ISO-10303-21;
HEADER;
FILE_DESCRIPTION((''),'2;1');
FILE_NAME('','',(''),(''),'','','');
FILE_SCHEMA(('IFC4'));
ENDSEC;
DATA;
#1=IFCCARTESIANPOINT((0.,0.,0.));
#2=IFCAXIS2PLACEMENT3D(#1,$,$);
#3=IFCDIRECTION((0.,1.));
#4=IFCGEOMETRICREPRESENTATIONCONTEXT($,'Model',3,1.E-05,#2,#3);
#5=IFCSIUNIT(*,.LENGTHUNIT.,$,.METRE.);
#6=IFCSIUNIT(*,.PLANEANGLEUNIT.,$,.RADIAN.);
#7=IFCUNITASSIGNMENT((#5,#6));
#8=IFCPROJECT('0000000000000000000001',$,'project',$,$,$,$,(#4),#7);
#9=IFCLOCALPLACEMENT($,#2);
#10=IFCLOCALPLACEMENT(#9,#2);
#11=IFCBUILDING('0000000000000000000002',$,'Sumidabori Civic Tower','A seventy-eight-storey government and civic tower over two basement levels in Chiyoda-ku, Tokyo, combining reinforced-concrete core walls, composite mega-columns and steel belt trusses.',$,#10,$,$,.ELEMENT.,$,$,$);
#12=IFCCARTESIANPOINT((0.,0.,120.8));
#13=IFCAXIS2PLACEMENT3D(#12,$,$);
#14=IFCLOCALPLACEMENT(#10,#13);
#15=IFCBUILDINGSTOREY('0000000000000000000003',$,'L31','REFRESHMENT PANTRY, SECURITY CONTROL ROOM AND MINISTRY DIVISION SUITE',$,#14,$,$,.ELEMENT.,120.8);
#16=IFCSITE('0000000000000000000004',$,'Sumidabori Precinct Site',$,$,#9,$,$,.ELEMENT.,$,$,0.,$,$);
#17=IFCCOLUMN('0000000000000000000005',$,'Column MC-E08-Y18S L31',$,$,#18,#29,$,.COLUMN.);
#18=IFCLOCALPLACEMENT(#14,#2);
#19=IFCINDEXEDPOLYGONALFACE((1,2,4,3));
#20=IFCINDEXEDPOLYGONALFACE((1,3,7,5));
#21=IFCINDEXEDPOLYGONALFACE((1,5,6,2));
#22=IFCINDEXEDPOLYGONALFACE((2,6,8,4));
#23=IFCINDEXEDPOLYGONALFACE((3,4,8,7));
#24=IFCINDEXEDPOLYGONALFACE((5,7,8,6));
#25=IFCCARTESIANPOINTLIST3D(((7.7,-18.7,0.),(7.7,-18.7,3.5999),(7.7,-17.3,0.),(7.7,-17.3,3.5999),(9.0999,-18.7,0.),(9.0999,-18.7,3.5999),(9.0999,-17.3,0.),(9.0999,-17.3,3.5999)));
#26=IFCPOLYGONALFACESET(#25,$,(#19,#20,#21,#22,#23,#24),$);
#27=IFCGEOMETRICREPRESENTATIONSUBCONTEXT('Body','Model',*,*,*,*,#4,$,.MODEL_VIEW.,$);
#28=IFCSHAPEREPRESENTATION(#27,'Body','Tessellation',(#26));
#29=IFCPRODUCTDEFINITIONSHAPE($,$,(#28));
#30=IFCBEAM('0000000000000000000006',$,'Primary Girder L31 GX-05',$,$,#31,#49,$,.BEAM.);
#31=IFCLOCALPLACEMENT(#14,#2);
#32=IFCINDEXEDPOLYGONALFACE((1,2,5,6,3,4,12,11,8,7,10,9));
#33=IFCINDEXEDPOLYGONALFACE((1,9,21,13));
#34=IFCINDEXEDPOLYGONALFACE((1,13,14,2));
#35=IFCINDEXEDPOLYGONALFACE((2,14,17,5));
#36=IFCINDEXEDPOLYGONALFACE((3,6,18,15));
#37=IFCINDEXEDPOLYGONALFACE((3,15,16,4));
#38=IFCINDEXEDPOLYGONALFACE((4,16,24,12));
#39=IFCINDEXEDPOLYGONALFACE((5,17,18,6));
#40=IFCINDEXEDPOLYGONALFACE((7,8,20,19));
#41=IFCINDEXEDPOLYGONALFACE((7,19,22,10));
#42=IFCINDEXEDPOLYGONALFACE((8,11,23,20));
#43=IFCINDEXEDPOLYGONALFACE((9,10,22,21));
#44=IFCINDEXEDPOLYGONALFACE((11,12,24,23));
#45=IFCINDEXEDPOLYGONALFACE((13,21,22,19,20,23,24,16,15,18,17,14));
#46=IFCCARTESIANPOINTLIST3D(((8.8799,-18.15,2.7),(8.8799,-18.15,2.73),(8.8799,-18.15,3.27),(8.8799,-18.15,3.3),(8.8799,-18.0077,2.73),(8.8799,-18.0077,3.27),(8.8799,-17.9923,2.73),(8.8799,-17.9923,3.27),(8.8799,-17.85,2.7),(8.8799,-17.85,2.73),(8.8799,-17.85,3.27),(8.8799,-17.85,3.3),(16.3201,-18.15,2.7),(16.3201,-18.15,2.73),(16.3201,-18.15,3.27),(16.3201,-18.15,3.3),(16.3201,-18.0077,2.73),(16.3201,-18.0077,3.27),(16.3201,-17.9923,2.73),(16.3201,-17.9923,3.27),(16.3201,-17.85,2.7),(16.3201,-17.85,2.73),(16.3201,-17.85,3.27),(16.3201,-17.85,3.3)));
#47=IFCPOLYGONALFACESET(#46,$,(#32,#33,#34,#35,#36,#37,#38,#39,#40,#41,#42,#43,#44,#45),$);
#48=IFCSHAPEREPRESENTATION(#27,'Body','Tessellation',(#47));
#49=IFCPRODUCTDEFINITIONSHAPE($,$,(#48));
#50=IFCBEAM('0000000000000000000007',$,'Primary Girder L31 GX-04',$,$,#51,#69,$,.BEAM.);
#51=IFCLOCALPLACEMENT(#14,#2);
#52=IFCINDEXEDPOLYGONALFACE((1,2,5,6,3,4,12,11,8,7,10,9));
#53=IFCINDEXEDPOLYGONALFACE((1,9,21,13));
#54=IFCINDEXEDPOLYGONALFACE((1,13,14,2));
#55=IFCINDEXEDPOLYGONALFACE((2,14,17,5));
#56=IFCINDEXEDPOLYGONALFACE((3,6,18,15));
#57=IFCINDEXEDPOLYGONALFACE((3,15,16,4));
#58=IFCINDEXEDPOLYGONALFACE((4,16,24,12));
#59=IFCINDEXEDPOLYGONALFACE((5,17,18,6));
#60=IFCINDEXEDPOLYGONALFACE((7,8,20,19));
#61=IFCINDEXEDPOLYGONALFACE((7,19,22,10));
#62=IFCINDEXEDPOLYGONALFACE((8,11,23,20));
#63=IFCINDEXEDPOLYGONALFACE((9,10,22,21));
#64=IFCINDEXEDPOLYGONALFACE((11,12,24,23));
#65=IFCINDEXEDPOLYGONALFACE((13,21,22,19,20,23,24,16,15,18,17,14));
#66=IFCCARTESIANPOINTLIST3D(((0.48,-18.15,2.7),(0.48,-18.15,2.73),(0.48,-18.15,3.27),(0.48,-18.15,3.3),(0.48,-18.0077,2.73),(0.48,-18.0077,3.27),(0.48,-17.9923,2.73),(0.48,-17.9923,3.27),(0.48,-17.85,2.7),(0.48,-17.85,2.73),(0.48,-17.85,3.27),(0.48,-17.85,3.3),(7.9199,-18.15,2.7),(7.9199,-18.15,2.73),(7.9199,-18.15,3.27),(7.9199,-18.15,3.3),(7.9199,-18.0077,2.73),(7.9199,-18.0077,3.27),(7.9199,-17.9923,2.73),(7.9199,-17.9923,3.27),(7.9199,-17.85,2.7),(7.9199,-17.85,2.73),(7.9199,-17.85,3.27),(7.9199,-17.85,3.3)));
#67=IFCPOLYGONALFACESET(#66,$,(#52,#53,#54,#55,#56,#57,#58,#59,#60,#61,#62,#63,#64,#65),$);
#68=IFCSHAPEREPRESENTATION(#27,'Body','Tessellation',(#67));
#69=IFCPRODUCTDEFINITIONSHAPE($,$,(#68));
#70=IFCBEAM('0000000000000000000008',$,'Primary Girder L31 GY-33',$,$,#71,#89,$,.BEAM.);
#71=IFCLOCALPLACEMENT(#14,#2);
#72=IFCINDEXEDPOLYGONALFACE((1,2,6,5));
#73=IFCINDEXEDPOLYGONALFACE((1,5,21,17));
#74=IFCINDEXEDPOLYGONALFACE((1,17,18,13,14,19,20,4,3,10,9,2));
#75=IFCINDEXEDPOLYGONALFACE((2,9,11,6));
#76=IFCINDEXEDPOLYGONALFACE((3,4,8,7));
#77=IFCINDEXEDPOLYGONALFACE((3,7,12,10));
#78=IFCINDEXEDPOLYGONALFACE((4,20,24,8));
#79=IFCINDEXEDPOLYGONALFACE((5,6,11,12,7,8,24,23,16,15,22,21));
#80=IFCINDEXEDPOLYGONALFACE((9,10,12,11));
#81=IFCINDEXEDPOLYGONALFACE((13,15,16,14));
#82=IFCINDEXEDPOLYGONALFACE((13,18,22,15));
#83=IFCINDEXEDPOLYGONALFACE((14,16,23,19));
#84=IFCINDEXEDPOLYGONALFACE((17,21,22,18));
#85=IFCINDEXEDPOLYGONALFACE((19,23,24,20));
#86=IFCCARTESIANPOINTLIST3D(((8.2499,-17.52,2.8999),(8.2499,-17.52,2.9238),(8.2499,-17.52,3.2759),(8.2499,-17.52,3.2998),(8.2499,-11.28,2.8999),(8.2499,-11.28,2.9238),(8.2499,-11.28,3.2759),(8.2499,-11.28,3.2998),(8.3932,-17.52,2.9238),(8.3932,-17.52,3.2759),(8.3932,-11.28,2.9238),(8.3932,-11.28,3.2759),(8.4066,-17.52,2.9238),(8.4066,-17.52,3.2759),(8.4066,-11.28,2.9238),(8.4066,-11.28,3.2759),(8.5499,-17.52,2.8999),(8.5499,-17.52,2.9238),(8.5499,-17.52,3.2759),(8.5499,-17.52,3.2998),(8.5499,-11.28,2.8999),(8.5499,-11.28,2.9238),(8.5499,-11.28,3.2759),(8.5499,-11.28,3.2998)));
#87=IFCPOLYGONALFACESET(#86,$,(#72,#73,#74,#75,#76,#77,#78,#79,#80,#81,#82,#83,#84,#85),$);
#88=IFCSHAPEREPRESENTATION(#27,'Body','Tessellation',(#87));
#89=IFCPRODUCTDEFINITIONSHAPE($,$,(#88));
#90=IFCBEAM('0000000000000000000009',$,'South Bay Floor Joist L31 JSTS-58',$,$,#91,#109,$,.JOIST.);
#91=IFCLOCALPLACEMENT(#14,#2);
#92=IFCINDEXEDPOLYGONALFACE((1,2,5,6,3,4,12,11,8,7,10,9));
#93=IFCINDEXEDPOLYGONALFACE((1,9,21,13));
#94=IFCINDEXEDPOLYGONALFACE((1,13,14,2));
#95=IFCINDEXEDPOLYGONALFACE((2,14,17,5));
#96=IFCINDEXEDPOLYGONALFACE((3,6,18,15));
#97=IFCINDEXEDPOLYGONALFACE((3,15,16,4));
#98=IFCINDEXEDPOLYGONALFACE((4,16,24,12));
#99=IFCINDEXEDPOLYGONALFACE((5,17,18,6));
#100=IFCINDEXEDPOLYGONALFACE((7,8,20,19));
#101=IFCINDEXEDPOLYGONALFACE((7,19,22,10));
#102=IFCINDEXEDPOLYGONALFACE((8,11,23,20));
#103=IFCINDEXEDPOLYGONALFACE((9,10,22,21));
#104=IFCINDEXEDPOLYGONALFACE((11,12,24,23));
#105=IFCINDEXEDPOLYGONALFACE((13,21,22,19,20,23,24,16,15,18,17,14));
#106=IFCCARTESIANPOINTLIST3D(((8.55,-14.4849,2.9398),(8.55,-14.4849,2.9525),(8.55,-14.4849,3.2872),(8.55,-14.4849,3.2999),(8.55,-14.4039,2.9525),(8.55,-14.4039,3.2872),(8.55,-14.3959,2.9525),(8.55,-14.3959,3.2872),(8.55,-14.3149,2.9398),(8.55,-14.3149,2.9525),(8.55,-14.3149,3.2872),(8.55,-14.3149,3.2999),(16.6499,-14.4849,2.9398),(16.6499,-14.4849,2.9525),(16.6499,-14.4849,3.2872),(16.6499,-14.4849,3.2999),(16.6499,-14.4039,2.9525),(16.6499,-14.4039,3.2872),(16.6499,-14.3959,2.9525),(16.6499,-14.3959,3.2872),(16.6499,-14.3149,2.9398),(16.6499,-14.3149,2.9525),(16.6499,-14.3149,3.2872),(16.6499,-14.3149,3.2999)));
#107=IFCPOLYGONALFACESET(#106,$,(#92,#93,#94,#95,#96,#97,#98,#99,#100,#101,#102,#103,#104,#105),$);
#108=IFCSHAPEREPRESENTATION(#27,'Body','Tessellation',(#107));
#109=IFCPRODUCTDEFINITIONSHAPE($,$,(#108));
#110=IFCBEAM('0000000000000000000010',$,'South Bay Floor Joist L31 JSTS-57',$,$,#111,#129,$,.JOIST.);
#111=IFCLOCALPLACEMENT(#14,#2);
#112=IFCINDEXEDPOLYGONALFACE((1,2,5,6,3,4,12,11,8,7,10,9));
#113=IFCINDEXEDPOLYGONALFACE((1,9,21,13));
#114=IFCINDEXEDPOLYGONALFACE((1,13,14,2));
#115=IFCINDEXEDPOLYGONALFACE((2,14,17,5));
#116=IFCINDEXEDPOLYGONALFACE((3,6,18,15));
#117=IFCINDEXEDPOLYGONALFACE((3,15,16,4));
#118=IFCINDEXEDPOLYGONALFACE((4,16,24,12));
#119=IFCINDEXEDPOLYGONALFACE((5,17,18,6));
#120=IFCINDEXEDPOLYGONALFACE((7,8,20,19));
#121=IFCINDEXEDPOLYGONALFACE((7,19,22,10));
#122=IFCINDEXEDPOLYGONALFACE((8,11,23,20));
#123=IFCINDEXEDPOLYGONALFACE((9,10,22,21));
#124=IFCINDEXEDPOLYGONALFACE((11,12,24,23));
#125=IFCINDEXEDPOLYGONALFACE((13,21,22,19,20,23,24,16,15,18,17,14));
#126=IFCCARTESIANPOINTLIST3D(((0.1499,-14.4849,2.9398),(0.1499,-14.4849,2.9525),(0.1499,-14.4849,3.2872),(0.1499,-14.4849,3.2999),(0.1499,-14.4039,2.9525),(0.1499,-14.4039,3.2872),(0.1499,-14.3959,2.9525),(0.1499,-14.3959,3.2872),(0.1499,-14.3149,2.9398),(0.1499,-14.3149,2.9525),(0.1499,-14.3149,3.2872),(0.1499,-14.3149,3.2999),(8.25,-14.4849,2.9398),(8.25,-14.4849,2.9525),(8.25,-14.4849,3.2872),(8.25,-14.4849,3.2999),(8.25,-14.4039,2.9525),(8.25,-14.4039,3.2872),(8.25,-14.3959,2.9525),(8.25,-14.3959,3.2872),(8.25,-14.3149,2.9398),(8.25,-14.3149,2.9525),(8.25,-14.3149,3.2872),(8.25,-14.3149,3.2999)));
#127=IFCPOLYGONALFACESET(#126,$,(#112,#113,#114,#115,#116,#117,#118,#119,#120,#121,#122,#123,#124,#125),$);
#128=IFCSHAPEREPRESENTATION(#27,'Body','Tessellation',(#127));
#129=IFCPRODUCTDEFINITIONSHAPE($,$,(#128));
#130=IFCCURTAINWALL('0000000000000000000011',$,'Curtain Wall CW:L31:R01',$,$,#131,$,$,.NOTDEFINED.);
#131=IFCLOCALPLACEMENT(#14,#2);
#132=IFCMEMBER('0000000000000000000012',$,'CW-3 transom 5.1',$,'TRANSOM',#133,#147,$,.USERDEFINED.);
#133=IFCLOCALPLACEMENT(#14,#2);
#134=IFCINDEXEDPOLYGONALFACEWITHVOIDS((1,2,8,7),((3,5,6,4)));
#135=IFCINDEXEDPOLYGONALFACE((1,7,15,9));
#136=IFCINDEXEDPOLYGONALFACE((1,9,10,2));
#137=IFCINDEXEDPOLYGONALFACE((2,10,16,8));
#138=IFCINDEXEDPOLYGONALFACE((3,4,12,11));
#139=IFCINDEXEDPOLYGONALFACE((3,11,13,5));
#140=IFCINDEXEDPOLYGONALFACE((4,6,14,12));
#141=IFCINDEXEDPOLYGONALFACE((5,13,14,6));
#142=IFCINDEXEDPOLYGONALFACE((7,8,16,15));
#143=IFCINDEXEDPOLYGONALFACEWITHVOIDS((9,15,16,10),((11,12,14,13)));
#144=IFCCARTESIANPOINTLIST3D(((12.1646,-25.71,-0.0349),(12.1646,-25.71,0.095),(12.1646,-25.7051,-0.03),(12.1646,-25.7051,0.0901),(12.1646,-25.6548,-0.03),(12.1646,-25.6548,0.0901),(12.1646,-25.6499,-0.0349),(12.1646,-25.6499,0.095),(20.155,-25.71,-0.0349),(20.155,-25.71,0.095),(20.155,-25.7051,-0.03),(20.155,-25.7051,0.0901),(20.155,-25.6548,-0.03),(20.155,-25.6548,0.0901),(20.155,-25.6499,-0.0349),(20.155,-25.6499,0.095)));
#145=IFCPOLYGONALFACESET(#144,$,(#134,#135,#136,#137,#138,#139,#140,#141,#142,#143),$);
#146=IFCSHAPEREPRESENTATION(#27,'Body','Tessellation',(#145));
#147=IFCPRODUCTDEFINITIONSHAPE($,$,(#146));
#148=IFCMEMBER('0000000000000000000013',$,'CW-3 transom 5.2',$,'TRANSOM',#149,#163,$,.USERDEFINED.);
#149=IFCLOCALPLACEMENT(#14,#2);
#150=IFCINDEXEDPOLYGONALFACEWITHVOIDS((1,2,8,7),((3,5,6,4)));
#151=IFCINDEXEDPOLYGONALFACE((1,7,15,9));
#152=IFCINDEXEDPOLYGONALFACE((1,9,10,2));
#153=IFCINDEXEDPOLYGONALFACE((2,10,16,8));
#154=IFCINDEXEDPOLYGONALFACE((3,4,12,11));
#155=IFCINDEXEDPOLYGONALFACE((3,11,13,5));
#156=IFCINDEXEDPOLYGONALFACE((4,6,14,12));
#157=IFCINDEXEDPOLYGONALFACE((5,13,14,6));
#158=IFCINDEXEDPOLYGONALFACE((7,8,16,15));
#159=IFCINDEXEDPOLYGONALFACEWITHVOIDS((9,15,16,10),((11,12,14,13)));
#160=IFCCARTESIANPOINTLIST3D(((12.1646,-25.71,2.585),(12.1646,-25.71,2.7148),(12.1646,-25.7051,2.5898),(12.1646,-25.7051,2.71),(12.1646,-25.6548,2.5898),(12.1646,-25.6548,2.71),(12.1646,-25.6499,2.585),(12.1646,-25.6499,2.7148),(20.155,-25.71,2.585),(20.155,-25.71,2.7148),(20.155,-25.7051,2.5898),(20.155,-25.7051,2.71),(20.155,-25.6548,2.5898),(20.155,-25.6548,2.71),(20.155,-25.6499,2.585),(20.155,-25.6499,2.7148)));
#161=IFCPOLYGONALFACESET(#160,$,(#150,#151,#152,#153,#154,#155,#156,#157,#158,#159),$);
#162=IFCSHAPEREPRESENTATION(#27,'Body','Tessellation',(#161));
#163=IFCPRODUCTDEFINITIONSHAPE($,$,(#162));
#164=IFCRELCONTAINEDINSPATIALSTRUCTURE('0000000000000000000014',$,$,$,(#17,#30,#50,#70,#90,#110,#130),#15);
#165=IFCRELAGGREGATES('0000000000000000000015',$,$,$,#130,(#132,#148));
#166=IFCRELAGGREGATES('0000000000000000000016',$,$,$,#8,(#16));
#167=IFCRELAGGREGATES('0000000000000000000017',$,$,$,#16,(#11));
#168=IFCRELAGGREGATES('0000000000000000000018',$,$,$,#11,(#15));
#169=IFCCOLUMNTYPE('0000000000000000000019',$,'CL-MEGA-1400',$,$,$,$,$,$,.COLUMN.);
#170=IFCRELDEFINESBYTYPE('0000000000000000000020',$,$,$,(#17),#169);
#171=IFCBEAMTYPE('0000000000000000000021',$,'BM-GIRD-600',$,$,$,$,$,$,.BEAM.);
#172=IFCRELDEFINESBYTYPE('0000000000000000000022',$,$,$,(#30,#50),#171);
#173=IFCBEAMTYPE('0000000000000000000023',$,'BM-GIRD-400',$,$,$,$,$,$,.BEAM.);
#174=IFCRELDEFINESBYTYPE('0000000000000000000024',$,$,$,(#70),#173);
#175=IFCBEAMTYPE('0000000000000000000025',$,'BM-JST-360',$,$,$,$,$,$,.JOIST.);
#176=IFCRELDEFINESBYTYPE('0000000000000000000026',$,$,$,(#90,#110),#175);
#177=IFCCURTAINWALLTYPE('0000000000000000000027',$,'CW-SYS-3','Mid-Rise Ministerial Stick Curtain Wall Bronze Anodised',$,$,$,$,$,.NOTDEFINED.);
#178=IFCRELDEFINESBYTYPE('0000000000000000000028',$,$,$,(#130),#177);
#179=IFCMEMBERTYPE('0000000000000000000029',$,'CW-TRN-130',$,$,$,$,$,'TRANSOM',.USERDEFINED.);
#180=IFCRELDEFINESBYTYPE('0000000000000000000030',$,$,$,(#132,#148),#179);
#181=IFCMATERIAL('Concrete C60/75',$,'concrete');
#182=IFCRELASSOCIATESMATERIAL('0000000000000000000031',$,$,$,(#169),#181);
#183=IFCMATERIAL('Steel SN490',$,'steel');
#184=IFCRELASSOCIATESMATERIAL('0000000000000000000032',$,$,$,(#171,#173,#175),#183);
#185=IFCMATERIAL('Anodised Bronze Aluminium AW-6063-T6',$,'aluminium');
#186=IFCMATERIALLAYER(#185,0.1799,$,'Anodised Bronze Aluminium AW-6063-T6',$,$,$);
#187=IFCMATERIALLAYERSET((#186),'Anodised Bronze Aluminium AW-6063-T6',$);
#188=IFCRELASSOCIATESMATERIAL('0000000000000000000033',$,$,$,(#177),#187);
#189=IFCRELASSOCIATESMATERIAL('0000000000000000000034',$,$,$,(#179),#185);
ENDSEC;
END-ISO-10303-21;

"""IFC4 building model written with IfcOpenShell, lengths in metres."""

from ifc_helpers import new_model, si_unit, direction, frame, origin, origin_2d, place, context, subcontext, project, spatial, rectangle, hollow_rectangle, i_section, extrude, source, transform, mapped, material, layer, layer_set, material_profile, profile_set, type_object, element, aggregate, save


model = new_model("IFC4")

# Units and contexts
model_context = context("Model", 3, precision=1e-05, world=origin(), true_north=direction((0.0, 1.0)))
body_context = subcontext(model_context, "Body", "Model", "MODEL_VIEW")
ifc_project = project(units=[si_unit("LENGTHUNIT", "METRE"), si_unit("PLANEANGLEUNIT", "RADIAN")], contexts=[model_context])

# Site, building, storey
site_placement = place(None, origin())
site = spatial("IfcSite", under=ifc_project, at=site_placement, Name="Sumidabori Precinct Site", CompositionType="ELEMENT", RefElevation=0.0)
building_placement = place(site_placement, origin())
building = spatial("IfcBuilding", under=site, at=building_placement, Name="Sumidabori Civic Tower", Description="A seventy-eight-storey government and civic tower over two basement levels in Chiyoda-ku, Tokyo, combining reinforced-concrete core walls, composite mega-columns and steel belt trusses.", CompositionType="ELEMENT")
storey_placement = place(building_placement, frame((0.0, 0.0, 120.8)))
storey = spatial("IfcBuildingStorey", under=building, at=storey_placement, Name="L31", Description="REFRESHMENT PANTRY, SECURITY CONTROL ROOM AND MINISTRY DIVISION SUITE", CompositionType="ELEMENT", Elevation=120.8)

# Column
ifc_material_1 = material(Name="Concrete C60/75", Category="concrete")
ifc_material_profile_1 = material_profile(ifc_material_1, rectangle(XDim=1.3999, YDim=1.3999, at=origin_2d()), Name="RC 1400x1400")
ifc_profile_set_1 = profile_set([ifc_material_profile_1], Name="Concrete C60/75")
column_type = type_object("IfcColumnType", Name="CL-MEGA-1400", PredefinedType="COLUMN", material=ifc_profile_set_1)
shared_shape_1 = source(origin(), body_context, "Body", "SweptSolid", [
    extrude(rectangle(XDim=1.3999, YDim=1.3999, at=origin_2d()), origin(), (0.0, 0.0, 1.0), 3.5999),
])
column_placement = place(storey_placement, frame((8.3999, -18.0, 0.0), z_axis=(0.0, 0.0, 1.0), x_axis=(1.0, 0.0, 0.0)))
element("IfcColumn", 1, at=column_placement, inside=storey, type_object=column_type, Name="Column MC-E08-Y18S L31", PredefinedType="COLUMN", context=body_context, shape_type="MappedRepresentation", body=[
    mapped(shared_shape_1, transform((0.0, 0.0, 0.0), x_axis=(1.0, 0.0, 0.0), y_axis=(0.0, 1.0, 0.0), z_axis=(0.0, 0.0, 1.0), scale=1.0)),
])

# Beams
ifc_material_2 = material(Name="Steel SN490", Category="steel")
ifc_material_profile_2 = material_profile(ifc_material_2, i_section(OverallWidth=0.3, OverallDepth=0.6001, WebThickness=0.0154, FlangeThickness=0.03, at=origin_2d()), Name="HE 600 B")
ifc_profile_set_2 = profile_set([ifc_material_profile_2], Name="Steel SN490")
beam_type_1 = type_object("IfcBeamType", Name="BM-GIRD-600", PredefinedType="BEAM", material=ifc_profile_set_2)
shared_shape_2 = source(origin(), body_context, "Body", "SweptSolid", [
    extrude(i_section(OverallWidth=0.3, OverallDepth=0.6001, WebThickness=0.0154, FlangeThickness=0.03, at=origin_2d()), origin(), (0.0, 0.0, 1.0), 7.4402),
])
beam_1_placement = place(storey_placement, frame((8.8799, -18.0, 3.0), z_axis=(1.0, 0.0, 0.0), x_axis=(0.0, 1.0, 0.0)))
element("IfcBeam", 2, at=beam_1_placement, inside=storey, type_object=beam_type_1, Name="Primary Girder L31 GX-05", PredefinedType="BEAM", context=body_context, shape_type="MappedRepresentation", body=[
    mapped(shared_shape_2, transform((0.0, 0.0, 0.0), x_axis=(1.0, 0.0, 0.0), y_axis=(0.0, 1.0, 0.0), z_axis=(0.0, 0.0, 1.0), scale=1.0)),
])
shared_shape_3 = source(origin(), body_context, "Body", "SweptSolid", [
    extrude(i_section(OverallWidth=0.3, OverallDepth=0.6001, WebThickness=0.0154, FlangeThickness=0.03, at=origin_2d()), origin(), (0.0, 0.0, 1.0), 7.4399),
])
beam_2_placement = place(storey_placement, frame((0.48, -18.0, 3.0), z_axis=(1.0, 0.0, 0.0), x_axis=(0.0, 1.0, 0.0)))
element("IfcBeam", 3, at=beam_2_placement, inside=storey, type_object=beam_type_1, Name="Primary Girder L31 GX-04", PredefinedType="BEAM", context=body_context, shape_type="MappedRepresentation", body=[
    mapped(shared_shape_3, transform((0.0, 0.0, 0.0), x_axis=(1.0, 0.0, 0.0), y_axis=(0.0, 1.0, 0.0), z_axis=(0.0, 0.0, 1.0), scale=1.0)),
])
ifc_material_profile_3 = material_profile(ifc_material_2, i_section(OverallWidth=0.3, OverallDepth=0.3999, WebThickness=0.0134, FlangeThickness=0.0239, at=origin_2d()), Name="HE 400 B")
ifc_profile_set_3 = profile_set([ifc_material_profile_3], Name="Steel SN490")
beam_type_2 = type_object("IfcBeamType", Name="BM-GIRD-400", PredefinedType="BEAM", material=ifc_profile_set_3)
shared_shape_4 = source(origin(), body_context, "Body", "SweptSolid", [
    extrude(i_section(OverallWidth=0.3, OverallDepth=0.3999, WebThickness=0.0134, FlangeThickness=0.0239, at=origin_2d()), origin(), (0.0, 0.0, 1.0), 6.24),
])
beam_3_placement = place(storey_placement, frame((8.3999, -17.52, 3.0999), z_axis=(0.0, 1.0, 0.0), x_axis=(-1.0, 0.0, 0.0)))
element("IfcBeam", 4, at=beam_3_placement, inside=storey, type_object=beam_type_2, Name="Primary Girder L31 GY-33", PredefinedType="BEAM", context=body_context, shape_type="MappedRepresentation", body=[
    mapped(shared_shape_4, transform((0.0, 0.0, 0.0), x_axis=(1.0, 0.0, 0.0), y_axis=(0.0, 1.0, 0.0), z_axis=(0.0, 0.0, 1.0), scale=1.0)),
])
ifc_material_profile_4 = material_profile(ifc_material_2, i_section(OverallWidth=0.1699, OverallDepth=0.3601, WebThickness=0.0081, FlangeThickness=0.0127, at=origin_2d()), Name="IPE 360")
ifc_profile_set_4 = profile_set([ifc_material_profile_4], Name="Steel SN490")
beam_type_3 = type_object("IfcBeamType", Name="BM-JST-360", PredefinedType="JOIST", material=ifc_profile_set_4)
shared_shape_5 = source(origin(), body_context, "Body", "SweptSolid", [
    extrude(i_section(OverallWidth=0.1699, OverallDepth=0.3601, WebThickness=0.0081, FlangeThickness=0.0127, at=origin_2d()), origin(), (0.0, 0.0, 1.0), 8.0999),
])
beam_4_placement = place(storey_placement, frame((8.55, -14.3999, 3.1199), z_axis=(1.0, 0.0, 0.0), x_axis=(0.0, 1.0, 0.0)))
element("IfcBeam", 5, at=beam_4_placement, inside=storey, type_object=beam_type_3, Name="South Bay Floor Joist L31 JSTS-58", PredefinedType="JOIST", context=body_context, shape_type="MappedRepresentation", body=[
    mapped(shared_shape_5, transform((0.0, 0.0, 0.0), x_axis=(1.0, 0.0, 0.0), y_axis=(0.0, 1.0, 0.0), z_axis=(0.0, 0.0, 1.0), scale=1.0)),
])
shared_shape_6 = source(origin(), body_context, "Body", "SweptSolid", [
    extrude(i_section(OverallWidth=0.1699, OverallDepth=0.3601, WebThickness=0.0081, FlangeThickness=0.0127, at=origin_2d()), origin(), (0.0, 0.0, 1.0), 8.1001),
])
beam_5_placement = place(storey_placement, frame((0.1499, -14.3999, 3.1199), z_axis=(1.0, 0.0, 0.0), x_axis=(0.0, 1.0, 0.0)))
element("IfcBeam", 6, at=beam_5_placement, inside=storey, type_object=beam_type_3, Name="South Bay Floor Joist L31 JSTS-57", PredefinedType="JOIST", context=body_context, shape_type="MappedRepresentation", body=[
    mapped(shared_shape_6, transform((0.0, 0.0, 0.0), x_axis=(1.0, 0.0, 0.0), y_axis=(0.0, 1.0, 0.0), z_axis=(0.0, 0.0, 1.0), scale=1.0)),
])

# Curtain wall, members
ifc_material_3 = material(Name="Anodised Bronze Aluminium AW-6063-T6", Category="aluminium")
ifc_layer_1 = layer(ifc_material_3, 0.1799, Name="Anodised Bronze Aluminium AW-6063-T6")
ifc_layer_set_1 = layer_set([ifc_layer_1], Name="Anodised Bronze Aluminium AW-6063-T6")
curtain_wall_type = type_object("IfcCurtainWallType", Name="CW-SYS-3", Description="Mid-Rise Ministerial Stick Curtain Wall Bronze Anodised", PredefinedType="NOTDEFINED", material=ifc_layer_set_1)
curtain_wall_placement = place(storey_placement, origin())
curtain_wall = element("IfcCurtainWall", 7, at=curtain_wall_placement, inside=storey, type_object=curtain_wall_type, Name="Curtain Wall CW:L31:R01", PredefinedType="NOTDEFINED")
ifc_material_profile_5 = material_profile(ifc_material_3, hollow_rectangle(XDim=0.0601, YDim=0.1299, WallThickness=0.0049, at=origin_2d()), Name="ALU TRANSOM 130x60")
ifc_profile_set_5 = profile_set([ifc_material_profile_5], Name="Anodised Bronze Aluminium AW-6063-T6")
member_type_1 = type_object("IfcMemberType", Name="CW-TRN-130", ElementType="TRANSOM", PredefinedType="USERDEFINED", material=ifc_profile_set_5)
shared_shape_7 = source(origin(), body_context, "Body", "SweptSolid", [
    extrude(hollow_rectangle(XDim=0.0601, YDim=0.1299, WallThickness=0.0049, at=origin_2d()), origin(), (0.0, 0.0, 1.0), 7.9905),
])
member_1_placement = place(storey_placement, frame((12.1646, -25.6799, 0.03), z_axis=(1.0, 0.0, 0.0), x_axis=(0.0, 1.0, 0.0)))
member_1 = element("IfcMember", 8, at=member_1_placement, type_object=member_type_1, Name="CW-3 transom 5.1", ObjectType="TRANSOM", PredefinedType="USERDEFINED", context=body_context, shape_type="MappedRepresentation", body=[
    mapped(shared_shape_7, transform((0.0, 0.0, 0.0), x_axis=(1.0, 0.0, 0.0), y_axis=(0.0, 1.0, 0.0), z_axis=(0.0, 0.0, 1.0), scale=1.0)),
])
member_2_placement = place(storey_placement, frame((12.1646, -25.6799, 2.6499), z_axis=(1.0, 0.0, 0.0), x_axis=(0.0, 1.0, 0.0)))
member_2 = element("IfcMember", 9, at=member_2_placement, type_object=member_type_1, Name="CW-3 transom 5.2", ObjectType="TRANSOM", PredefinedType="USERDEFINED", context=body_context, shape_type="MappedRepresentation", body=[
    mapped(shared_shape_7, transform((0.0, 0.0, 0.0), x_axis=(1.0, 0.0, 0.0), y_axis=(0.0, 1.0, 0.0), z_axis=(0.0, 0.0, 1.0), scale=1.0)),
])
aggregate(curtain_wall, [member_1, member_2])

save(model, "model.ifc")
